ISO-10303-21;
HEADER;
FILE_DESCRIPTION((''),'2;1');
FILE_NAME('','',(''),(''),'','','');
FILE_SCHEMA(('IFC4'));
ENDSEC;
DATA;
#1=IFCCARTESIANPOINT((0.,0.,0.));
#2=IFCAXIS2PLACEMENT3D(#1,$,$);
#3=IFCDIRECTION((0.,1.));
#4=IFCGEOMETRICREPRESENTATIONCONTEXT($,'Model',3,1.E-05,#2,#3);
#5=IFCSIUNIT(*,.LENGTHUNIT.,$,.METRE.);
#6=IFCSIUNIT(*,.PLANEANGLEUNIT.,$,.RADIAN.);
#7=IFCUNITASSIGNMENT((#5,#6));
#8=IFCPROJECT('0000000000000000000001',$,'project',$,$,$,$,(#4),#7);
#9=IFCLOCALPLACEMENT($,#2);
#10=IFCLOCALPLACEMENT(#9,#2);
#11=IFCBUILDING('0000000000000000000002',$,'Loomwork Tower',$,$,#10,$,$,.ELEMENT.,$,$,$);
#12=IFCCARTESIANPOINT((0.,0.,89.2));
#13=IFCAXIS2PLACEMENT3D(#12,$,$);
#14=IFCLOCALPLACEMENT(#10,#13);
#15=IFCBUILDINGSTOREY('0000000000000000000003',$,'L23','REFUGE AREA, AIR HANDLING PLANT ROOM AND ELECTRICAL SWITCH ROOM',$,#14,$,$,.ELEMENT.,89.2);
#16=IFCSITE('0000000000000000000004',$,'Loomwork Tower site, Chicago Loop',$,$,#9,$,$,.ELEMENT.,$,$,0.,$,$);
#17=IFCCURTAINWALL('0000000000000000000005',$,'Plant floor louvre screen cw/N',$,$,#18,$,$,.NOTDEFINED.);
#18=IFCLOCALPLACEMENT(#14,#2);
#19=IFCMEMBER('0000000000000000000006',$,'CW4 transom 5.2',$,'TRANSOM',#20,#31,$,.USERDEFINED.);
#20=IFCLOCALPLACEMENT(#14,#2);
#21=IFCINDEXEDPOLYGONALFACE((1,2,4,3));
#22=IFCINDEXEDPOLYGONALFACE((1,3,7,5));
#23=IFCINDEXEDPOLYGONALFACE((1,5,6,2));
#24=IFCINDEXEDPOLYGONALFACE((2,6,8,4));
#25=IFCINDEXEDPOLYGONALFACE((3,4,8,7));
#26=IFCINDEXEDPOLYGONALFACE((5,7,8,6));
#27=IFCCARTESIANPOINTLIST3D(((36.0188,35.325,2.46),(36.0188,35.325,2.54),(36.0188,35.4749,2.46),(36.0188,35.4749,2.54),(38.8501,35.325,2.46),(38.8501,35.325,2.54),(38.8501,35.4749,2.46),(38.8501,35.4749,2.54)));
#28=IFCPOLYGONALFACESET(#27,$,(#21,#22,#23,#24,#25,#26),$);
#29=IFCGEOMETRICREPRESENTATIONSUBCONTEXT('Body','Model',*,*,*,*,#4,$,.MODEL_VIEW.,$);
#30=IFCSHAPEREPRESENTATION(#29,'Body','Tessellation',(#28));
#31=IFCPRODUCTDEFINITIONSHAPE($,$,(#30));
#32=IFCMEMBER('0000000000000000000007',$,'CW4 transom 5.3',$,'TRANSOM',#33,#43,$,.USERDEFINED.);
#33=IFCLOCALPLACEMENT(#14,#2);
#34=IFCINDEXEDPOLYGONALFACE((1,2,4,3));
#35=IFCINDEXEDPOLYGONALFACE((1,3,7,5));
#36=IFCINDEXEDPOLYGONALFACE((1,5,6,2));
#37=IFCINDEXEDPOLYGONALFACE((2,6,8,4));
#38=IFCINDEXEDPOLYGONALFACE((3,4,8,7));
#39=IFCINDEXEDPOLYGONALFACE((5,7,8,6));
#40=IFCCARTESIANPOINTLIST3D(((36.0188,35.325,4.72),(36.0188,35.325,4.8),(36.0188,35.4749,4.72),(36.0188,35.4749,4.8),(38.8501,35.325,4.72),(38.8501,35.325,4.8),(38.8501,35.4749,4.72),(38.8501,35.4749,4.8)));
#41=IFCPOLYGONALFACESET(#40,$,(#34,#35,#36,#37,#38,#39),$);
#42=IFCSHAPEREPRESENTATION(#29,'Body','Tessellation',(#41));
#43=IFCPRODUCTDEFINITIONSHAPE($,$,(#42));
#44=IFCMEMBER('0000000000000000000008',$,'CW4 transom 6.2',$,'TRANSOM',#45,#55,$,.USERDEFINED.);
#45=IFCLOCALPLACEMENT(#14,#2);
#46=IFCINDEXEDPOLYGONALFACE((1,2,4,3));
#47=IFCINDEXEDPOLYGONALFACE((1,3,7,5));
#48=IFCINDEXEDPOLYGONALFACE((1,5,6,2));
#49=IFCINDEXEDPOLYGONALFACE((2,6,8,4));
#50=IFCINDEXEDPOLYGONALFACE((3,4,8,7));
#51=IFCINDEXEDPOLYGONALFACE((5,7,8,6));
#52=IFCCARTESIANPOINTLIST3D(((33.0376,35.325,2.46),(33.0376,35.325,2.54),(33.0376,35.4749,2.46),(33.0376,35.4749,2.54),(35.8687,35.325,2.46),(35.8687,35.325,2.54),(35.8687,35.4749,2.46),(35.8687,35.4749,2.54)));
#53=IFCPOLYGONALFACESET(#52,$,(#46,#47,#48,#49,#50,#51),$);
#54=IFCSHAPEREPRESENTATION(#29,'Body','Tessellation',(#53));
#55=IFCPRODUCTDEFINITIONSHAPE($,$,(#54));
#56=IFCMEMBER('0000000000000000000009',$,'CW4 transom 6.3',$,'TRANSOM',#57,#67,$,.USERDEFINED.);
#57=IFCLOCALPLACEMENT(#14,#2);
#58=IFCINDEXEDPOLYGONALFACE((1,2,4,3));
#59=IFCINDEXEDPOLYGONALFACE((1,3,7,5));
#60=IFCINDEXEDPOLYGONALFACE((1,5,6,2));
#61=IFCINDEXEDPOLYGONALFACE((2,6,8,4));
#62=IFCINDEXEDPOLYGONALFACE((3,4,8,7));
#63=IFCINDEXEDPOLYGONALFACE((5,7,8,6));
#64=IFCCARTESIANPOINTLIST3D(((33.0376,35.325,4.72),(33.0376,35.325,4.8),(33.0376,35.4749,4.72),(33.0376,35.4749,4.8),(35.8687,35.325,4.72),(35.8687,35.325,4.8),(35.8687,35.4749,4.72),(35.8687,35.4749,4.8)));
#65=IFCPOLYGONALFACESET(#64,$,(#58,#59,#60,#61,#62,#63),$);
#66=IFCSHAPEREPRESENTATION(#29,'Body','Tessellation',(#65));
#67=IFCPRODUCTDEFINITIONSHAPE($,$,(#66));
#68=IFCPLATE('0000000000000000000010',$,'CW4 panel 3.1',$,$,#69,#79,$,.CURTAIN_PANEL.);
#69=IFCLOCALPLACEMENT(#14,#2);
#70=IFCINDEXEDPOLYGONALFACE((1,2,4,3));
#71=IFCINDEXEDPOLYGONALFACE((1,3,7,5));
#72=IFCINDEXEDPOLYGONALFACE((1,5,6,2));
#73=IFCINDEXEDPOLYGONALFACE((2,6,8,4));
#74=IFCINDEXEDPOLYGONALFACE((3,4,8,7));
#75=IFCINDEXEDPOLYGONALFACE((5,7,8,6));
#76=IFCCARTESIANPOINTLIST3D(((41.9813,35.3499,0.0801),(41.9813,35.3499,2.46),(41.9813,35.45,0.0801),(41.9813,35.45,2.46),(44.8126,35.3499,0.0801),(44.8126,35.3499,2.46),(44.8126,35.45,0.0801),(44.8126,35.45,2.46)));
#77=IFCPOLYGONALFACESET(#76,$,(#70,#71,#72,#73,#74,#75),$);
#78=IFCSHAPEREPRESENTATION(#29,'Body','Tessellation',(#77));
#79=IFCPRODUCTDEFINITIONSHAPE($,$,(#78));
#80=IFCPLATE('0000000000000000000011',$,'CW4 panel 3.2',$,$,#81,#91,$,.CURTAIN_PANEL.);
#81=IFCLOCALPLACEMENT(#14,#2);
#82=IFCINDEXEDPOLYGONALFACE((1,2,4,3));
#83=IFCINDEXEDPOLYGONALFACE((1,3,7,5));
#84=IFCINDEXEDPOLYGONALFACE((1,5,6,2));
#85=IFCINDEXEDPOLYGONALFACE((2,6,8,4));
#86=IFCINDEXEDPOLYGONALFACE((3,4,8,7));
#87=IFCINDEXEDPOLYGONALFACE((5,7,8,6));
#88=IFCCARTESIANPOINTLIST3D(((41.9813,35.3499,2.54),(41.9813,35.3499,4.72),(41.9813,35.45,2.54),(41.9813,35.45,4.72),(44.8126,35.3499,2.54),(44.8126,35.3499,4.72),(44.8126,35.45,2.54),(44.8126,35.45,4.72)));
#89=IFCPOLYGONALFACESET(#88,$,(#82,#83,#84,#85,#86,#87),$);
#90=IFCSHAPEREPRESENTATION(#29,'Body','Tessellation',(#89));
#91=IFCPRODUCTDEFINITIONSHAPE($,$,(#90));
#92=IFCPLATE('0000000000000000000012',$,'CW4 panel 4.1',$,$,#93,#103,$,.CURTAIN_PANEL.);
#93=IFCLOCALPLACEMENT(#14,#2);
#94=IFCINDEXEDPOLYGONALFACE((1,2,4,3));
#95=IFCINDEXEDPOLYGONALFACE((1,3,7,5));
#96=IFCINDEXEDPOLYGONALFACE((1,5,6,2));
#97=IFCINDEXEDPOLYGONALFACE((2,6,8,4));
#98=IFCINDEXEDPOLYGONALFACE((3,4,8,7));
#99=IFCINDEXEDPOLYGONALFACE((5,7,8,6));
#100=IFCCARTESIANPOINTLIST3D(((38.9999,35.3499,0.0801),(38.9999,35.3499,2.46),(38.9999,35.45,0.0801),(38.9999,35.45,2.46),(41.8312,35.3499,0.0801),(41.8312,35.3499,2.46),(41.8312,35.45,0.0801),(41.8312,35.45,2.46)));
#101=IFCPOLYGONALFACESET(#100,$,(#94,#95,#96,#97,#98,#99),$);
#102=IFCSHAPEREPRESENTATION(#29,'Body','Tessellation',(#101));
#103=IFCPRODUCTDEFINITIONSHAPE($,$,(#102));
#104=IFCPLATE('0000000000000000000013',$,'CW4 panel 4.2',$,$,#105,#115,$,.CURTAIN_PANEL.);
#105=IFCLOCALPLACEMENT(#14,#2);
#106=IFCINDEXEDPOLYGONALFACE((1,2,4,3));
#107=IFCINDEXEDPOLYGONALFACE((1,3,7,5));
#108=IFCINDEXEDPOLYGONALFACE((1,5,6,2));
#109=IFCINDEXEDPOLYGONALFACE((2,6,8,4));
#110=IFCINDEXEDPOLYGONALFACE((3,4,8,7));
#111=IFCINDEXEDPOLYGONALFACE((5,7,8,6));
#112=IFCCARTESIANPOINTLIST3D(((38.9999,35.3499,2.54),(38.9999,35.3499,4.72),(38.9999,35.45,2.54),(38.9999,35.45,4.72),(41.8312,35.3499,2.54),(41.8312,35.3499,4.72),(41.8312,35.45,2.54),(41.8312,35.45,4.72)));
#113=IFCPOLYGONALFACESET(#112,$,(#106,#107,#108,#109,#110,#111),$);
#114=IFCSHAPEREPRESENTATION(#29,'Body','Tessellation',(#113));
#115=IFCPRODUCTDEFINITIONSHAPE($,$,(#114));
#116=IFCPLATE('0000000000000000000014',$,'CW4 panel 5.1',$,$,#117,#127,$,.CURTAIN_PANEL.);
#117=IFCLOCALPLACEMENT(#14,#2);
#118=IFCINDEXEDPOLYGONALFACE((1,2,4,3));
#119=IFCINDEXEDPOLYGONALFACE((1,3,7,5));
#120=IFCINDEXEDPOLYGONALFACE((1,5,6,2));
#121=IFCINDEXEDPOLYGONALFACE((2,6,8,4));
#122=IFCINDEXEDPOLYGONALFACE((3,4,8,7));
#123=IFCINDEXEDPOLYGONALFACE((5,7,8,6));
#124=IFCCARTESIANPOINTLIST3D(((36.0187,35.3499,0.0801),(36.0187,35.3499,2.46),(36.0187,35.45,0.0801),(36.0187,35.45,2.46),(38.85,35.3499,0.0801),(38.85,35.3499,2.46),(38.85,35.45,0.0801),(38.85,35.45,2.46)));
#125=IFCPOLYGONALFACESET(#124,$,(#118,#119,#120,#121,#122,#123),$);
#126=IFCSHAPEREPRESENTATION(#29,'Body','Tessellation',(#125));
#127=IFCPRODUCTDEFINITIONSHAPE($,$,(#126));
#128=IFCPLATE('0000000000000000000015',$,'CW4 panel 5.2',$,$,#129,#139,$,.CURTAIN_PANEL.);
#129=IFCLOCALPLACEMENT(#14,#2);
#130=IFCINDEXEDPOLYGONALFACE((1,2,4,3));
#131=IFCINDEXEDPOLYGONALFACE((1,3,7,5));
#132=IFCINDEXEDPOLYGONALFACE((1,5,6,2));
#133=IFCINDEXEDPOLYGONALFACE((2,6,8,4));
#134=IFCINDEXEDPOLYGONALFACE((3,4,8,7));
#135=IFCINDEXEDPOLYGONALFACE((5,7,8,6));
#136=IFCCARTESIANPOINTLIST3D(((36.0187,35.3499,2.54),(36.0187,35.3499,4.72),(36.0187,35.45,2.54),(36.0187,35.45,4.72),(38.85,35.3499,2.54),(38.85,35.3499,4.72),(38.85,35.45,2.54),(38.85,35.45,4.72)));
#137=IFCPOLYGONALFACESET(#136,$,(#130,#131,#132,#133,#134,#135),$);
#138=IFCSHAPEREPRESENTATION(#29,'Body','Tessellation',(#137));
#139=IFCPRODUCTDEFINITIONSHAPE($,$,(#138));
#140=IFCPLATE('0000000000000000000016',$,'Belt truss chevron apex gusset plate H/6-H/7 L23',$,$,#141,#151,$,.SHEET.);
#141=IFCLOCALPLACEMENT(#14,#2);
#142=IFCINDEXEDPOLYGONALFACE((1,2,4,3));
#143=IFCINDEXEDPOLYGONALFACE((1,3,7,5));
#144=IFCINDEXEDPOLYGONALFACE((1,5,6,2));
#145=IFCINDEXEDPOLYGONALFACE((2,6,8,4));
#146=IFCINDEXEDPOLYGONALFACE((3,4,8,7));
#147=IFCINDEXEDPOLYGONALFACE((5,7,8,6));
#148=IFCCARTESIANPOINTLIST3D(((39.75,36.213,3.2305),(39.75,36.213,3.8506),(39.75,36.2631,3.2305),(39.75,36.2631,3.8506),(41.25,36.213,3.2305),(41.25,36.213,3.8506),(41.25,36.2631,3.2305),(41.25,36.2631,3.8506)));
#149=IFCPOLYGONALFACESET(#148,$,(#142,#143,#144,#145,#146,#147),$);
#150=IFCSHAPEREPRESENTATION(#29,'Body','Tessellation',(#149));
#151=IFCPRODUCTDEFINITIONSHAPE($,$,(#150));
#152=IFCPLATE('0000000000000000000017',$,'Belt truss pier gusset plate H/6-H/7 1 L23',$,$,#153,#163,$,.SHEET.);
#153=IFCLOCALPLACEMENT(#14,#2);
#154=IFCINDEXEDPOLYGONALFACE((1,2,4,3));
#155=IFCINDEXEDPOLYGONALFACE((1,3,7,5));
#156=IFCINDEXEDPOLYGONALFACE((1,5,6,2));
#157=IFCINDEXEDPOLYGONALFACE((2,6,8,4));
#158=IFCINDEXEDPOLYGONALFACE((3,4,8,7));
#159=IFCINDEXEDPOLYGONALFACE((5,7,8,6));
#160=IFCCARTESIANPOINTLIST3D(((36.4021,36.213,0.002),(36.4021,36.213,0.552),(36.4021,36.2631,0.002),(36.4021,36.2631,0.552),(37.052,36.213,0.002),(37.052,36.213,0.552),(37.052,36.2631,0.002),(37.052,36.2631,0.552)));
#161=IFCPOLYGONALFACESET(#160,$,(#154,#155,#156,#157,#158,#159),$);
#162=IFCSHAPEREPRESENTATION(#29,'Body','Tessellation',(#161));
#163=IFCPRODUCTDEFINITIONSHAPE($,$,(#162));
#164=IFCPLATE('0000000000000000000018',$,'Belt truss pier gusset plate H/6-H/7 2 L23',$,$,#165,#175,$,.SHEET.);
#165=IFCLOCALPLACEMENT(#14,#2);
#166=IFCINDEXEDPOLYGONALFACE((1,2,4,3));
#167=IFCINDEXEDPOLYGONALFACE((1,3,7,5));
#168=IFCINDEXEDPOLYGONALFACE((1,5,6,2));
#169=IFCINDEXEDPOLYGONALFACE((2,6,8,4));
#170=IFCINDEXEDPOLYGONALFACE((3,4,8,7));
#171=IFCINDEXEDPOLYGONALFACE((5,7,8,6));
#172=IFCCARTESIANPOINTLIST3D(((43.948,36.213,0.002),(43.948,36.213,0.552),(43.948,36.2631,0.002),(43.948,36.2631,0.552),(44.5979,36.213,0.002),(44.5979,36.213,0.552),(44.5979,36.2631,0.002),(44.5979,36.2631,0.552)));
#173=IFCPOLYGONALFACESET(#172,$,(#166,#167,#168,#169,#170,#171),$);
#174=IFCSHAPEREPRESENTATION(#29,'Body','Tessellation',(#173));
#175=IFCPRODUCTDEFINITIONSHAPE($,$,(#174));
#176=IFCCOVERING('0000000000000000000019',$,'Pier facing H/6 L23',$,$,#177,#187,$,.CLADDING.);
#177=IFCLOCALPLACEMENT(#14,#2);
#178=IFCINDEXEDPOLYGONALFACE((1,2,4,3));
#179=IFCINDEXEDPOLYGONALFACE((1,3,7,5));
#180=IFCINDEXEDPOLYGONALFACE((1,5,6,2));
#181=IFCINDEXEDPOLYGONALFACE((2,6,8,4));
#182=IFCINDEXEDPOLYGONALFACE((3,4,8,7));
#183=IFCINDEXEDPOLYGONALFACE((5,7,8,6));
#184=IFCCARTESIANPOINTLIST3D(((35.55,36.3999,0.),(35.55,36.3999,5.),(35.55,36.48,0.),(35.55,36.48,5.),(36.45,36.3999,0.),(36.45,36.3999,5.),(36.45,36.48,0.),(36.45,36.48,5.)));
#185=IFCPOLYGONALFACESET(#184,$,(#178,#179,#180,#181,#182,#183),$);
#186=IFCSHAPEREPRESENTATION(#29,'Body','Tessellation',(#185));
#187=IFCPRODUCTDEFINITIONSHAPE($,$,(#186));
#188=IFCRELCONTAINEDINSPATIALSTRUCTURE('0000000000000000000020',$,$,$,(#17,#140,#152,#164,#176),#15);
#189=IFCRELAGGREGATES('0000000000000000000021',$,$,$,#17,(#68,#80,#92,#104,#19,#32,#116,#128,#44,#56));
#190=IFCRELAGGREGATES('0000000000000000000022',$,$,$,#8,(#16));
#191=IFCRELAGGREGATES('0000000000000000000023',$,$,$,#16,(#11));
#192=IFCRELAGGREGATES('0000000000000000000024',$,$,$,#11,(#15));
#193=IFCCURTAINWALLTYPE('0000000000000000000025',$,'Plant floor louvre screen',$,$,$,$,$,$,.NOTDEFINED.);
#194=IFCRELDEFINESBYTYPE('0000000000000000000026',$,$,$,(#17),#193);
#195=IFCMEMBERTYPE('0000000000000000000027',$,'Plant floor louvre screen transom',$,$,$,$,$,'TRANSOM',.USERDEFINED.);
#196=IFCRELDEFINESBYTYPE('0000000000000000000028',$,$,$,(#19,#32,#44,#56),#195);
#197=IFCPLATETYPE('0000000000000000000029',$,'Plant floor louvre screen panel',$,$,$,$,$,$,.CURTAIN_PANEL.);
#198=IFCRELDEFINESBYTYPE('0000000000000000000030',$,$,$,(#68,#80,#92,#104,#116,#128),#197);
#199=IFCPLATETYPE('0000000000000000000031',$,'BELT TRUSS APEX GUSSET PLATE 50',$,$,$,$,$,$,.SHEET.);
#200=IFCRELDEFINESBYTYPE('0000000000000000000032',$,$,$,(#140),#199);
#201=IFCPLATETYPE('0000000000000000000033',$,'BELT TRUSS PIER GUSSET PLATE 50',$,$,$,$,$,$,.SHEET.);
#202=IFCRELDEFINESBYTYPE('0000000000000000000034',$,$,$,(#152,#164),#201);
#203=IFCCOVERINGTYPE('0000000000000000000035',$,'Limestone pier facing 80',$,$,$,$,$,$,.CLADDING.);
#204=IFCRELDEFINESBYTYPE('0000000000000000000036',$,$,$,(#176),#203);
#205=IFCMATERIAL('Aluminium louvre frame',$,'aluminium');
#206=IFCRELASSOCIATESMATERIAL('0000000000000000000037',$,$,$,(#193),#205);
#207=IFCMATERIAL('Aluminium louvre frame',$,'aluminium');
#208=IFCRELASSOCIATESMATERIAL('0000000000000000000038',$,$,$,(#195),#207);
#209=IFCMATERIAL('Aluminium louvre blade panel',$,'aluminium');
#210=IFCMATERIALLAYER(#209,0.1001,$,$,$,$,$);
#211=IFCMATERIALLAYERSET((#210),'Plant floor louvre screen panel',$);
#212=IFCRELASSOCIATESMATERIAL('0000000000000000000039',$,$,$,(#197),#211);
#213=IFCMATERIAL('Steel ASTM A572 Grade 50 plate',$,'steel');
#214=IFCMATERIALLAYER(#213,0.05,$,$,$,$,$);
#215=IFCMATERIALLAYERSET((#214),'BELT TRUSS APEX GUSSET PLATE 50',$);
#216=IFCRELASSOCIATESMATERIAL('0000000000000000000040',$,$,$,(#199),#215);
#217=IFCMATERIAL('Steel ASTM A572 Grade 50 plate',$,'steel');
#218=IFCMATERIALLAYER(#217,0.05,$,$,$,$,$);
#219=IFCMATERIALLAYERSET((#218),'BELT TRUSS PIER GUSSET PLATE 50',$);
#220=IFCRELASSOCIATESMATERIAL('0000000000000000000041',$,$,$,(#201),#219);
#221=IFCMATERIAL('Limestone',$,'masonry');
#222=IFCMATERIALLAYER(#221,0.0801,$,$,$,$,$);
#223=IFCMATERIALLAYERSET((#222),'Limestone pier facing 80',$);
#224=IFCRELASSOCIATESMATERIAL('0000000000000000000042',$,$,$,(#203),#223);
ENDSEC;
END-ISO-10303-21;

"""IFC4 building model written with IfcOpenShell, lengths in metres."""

from ifc_helpers import new_model, si_unit, direction, frame, origin, origin_2d, place, context, subcontext, project, spatial, rectangle, extrude, material, layer, layer_set, material_profile, profile_set, type_object, element, aggregate, save


model = new_model("IFC4")

# Units and contexts
model_context = context("Model", 3, precision=1e-05, world=origin(), true_north=direction((0.0, 1.0)))
body_context = subcontext(model_context, "Body", "Model", "MODEL_VIEW")
ifc_project = project(units=[si_unit("LENGTHUNIT", "METRE"), si_unit("PLANEANGLEUNIT", "RADIAN")], contexts=[model_context])

# Site, building, storey
site_placement = place(None, origin())
site = spatial("IfcSite", under=ifc_project, at=site_placement, Name="Loomwork Tower site, Chicago Loop", CompositionType="ELEMENT", RefElevation=0.0)
building_placement = place(site_placement, origin())
building = spatial("IfcBuilding", under=site, at=building_placement, Name="Loomwork Tower", CompositionType="ELEMENT")
storey_placement = place(building_placement, frame((0.0, 0.0, 89.2)))
storey = spatial("IfcBuildingStorey", under=building, at=storey_placement, Name="L23", Description="REFUGE AREA, AIR HANDLING PLANT ROOM AND ELECTRICAL SWITCH ROOM", CompositionType="ELEMENT", Elevation=89.2)

# Curtain wall, members, plates
ifc_material_1 = material(Name="Aluminium louvre frame", Category="aluminium")
curtain_wall_type = type_object("IfcCurtainWallType", Name="Plant floor louvre screen", PredefinedType="NOTDEFINED", material=ifc_material_1)
curtain_wall_placement = place(storey_placement, origin())
curtain_wall = element("IfcCurtainWall", 1, at=curtain_wall_placement, inside=storey, type_object=curtain_wall_type, Name="Plant floor louvre screen cw/N", PredefinedType="NOTDEFINED")
ifc_material_2 = material(Name="Aluminium louvre frame", Category="aluminium")
ifc_material_profile_1 = material_profile(ifc_material_2, rectangle(XDim=0.1499, YDim=0.0801, at=origin_2d()), Name="AL 80x150")
ifc_profile_set_1 = profile_set([ifc_material_profile_1], Name="Aluminium louvre frame")
member_type_1 = type_object("IfcMemberType", Name="Plant floor louvre screen transom", ElementType="TRANSOM", PredefinedType="USERDEFINED", material=ifc_profile_set_1)
member_1_placement = place(storey_placement, frame((38.8501, 35.3999, 2.5), z_axis=(-1.0, 0.0, 0.0), x_axis=(0.0, -1.0, 0.0)))
member_1 = element("IfcMember", 2, at=member_1_placement, type_object=member_type_1, Name="CW4 transom 5.2", ObjectType="TRANSOM", PredefinedType="USERDEFINED", context=body_context, shape_type="SweptSolid", body=[
    extrude(rectangle(XDim=0.1499, YDim=0.0801, at=origin_2d()), origin(), (0.0, 0.0, 1.0), 2.8313),
])
member_2_placement = place(storey_placement, frame((38.8501, 35.3999, 4.76), z_axis=(-1.0, 0.0, 0.0), x_axis=(0.0, -1.0, 0.0)))
member_2 = element("IfcMember", 3, at=member_2_placement, type_object=member_type_1, Name="CW4 transom 5.3", ObjectType="TRANSOM", PredefinedType="USERDEFINED", context=body_context, shape_type="SweptSolid", body=[
    extrude(rectangle(XDim=0.1499, YDim=0.0801, at=origin_2d()), origin(), (0.0, 0.0, 1.0), 2.8313),
])
member_3_placement = place(storey_placement, frame((35.8687, 35.3999, 2.5), z_axis=(-1.0, 0.0, 0.0), x_axis=(0.0, -1.0, 0.0)))
member_3 = element("IfcMember", 4, at=member_3_placement, type_object=member_type_1, Name="CW4 transom 6.2", ObjectType="TRANSOM", PredefinedType="USERDEFINED", context=body_context, shape_type="SweptSolid", body=[
    extrude(rectangle(XDim=0.1499, YDim=0.0801, at=origin_2d()), origin(), (0.0, 0.0, 1.0), 2.8311),
])
member_4_placement = place(storey_placement, frame((35.8687, 35.3999, 4.76), z_axis=(-1.0, 0.0, 0.0), x_axis=(0.0, -1.0, 0.0)))
member_4 = element("IfcMember", 5, at=member_4_placement, type_object=member_type_1, Name="CW4 transom 6.3", ObjectType="TRANSOM", PredefinedType="USERDEFINED", context=body_context, shape_type="SweptSolid", body=[
    extrude(rectangle(XDim=0.1499, YDim=0.0801, at=origin_2d()), origin(), (0.0, 0.0, 1.0), 2.8311),
])
ifc_material_3 = material(Name="Aluminium louvre blade panel", Category="aluminium")
ifc_layer_1 = layer(ifc_material_3, 0.1001)
ifc_layer_set_1 = layer_set([ifc_layer_1], Name="Plant floor louvre screen panel")
plate_type_1 = type_object("IfcPlateType", Name="Plant floor louvre screen panel", PredefinedType="CURTAIN_PANEL", material=ifc_layer_set_1)
plate_1_placement = place(storey_placement, frame((43.397, 35.3999, 0.0801), z_axis=(0.0, 0.0, 1.0), x_axis=(-1.0, 0.0, 0.0)))
plate_1 = element("IfcPlate", 6, at=plate_1_placement, type_object=plate_type_1, Name="CW4 panel 3.1", PredefinedType="CURTAIN_PANEL", context=body_context, shape_type="SweptSolid", body=[
    extrude(rectangle(XDim=2.8313, YDim=0.1001, at=origin_2d()), origin(), (0.0, 0.0, 1.0), 2.3799),
])
plate_2_placement = place(storey_placement, frame((43.397, 35.3999, 2.54), z_axis=(0.0, 0.0, 1.0), x_axis=(-1.0, 0.0, 0.0)))
plate_2 = element("IfcPlate", 7, at=plate_2_placement, type_object=plate_type_1, Name="CW4 panel 3.2", PredefinedType="CURTAIN_PANEL", context=body_context, shape_type="SweptSolid", body=[
    extrude(rectangle(XDim=2.8313, YDim=0.1001, at=origin_2d()), origin(), (0.0, 0.0, 1.0), 2.1799),
])
plate_3_placement = place(storey_placement, frame((40.4155, 35.3999, 0.0801), z_axis=(0.0, 0.0, 1.0), x_axis=(-1.0, 0.0, 0.0)))
plate_3 = element("IfcPlate", 8, at=plate_3_placement, type_object=plate_type_1, Name="CW4 panel 4.1", PredefinedType="CURTAIN_PANEL", context=body_context, shape_type="SweptSolid", body=[
    extrude(rectangle(XDim=2.8313, YDim=0.1001, at=origin_2d()), origin(), (0.0, 0.0, 1.0), 2.3799),
])
plate_4_placement = place(storey_placement, frame((40.4155, 35.3999, 2.54), z_axis=(0.0, 0.0, 1.0), x_axis=(-1.0, 0.0, 0.0)))
plate_4 = element("IfcPlate", 9, at=plate_4_placement, type_object=plate_type_1, Name="CW4 panel 4.2", PredefinedType="CURTAIN_PANEL", context=body_context, shape_type="SweptSolid", body=[
    extrude(rectangle(XDim=2.8313, YDim=0.1001, at=origin_2d()), origin(), (0.0, 0.0, 1.0), 2.1799),
])
plate_5_placement = place(storey_placement, frame((37.4343, 35.3999, 0.0801), z_axis=(0.0, 0.0, 1.0), x_axis=(-1.0, 0.0, 0.0)))
plate_5 = element("IfcPlate", 10, at=plate_5_placement, type_object=plate_type_1, Name="CW4 panel 5.1", PredefinedType="CURTAIN_PANEL", context=body_context, shape_type="SweptSolid", body=[
    extrude(rectangle(XDim=2.8313, YDim=0.1001, at=origin_2d()), origin(), (0.0, 0.0, 1.0), 2.3799),
])
plate_6_placement = place(storey_placement, frame((37.4343, 35.3999, 2.54), z_axis=(0.0, 0.0, 1.0), x_axis=(-1.0, 0.0, 0.0)))
plate_6 = element("IfcPlate", 11, at=plate_6_placement, type_object=plate_type_1, Name="CW4 panel 5.2", PredefinedType="CURTAIN_PANEL", context=body_context, shape_type="SweptSolid", body=[
    extrude(rectangle(XDim=2.8313, YDim=0.1001, at=origin_2d()), origin(), (0.0, 0.0, 1.0), 2.1799),
])
aggregate(curtain_wall, [plate_1, plate_2, plate_3, plate_4, member_1, member_2, plate_5, plate_6, member_3, member_4])

# Plates
ifc_material_4 = material(Name="Steel ASTM A572 Grade 50 plate", Category="steel")
ifc_layer_2 = layer(ifc_material_4, 0.05)
ifc_layer_set_2 = layer_set([ifc_layer_2], Name="BELT TRUSS APEX GUSSET PLATE 50")
plate_type_2 = type_object("IfcPlateType", Name="BELT TRUSS APEX GUSSET PLATE 50", PredefinedType="SHEET", material=ifc_layer_set_2)
plate_7_placement = place(storey_placement, frame((40.5, 36.238, 3.2305), z_axis=(0.0, 0.0, 1.0), x_axis=(1.0, 0.0, 0.0)))
element("IfcPlate", 12, at=plate_7_placement, inside=storey, type_object=plate_type_2, Name="Belt truss chevron apex gusset plate H/6-H/7 L23", PredefinedType="SHEET", context=body_context, shape_type="SweptSolid", body=[
    extrude(rectangle(XDim=1.5, YDim=0.05, at=origin_2d()), origin(), (0.0, 0.0, 1.0), 0.6201),
])
ifc_material_5 = material(Name="Steel ASTM A572 Grade 50 plate", Category="steel")
ifc_layer_3 = layer(ifc_material_5, 0.05)
ifc_layer_set_3 = layer_set([ifc_layer_3], Name="BELT TRUSS PIER GUSSET PLATE 50")
plate_type_3 = type_object("IfcPlateType", Name="BELT TRUSS PIER GUSSET PLATE 50", PredefinedType="SHEET", material=ifc_layer_set_3)
for number, where, z_axis, x_axis, name in (
    (13, (36.7271, 36.238, 0.002), (0.0, 0.0, 1.0), (1.0, 0.0, 0.0), "Belt truss pier gusset plate H/6-H/7 1 L23"),
    (14, (44.2729, 36.238, 0.002), (0.0, 0.0, 1.0), (1.0, 0.0, 0.0), "Belt truss pier gusset plate H/6-H/7 2 L23"),
):
    element("IfcPlate", number, at=place(storey_placement, frame(where, z_axis=z_axis, x_axis=x_axis)), inside=storey, type_object=plate_type_3, Name=name, PredefinedType="SHEET", context=body_context, shape_type="SweptSolid", body=[
        extrude(rectangle(XDim=0.6499, YDim=0.05, at=origin_2d()), origin(), (0.0, 0.0, 1.0), 0.55),
    ])

# Covering
ifc_material_6 = material(Name="Limestone", Category="masonry")
ifc_layer_4 = layer(ifc_material_6, 0.0801)
ifc_layer_set_4 = layer_set([ifc_layer_4], Name="Limestone pier facing 80")
covering_type = type_object("IfcCoveringType", Name="Limestone pier facing 80", PredefinedType="CLADDING", material=ifc_layer_set_4)
covering_placement = place(storey_placement, frame((36.0, 36.4399, 0.0), z_axis=(0.0, 0.0, 1.0), x_axis=(1.0, 0.0, 0.0)))
element("IfcCovering", 15, at=covering_placement, inside=storey, type_object=covering_type, Name="Pier facing H/6 L23", PredefinedType="CLADDING", context=body_context, shape_type="SweptSolid", body=[
    extrude(rectangle(XDim=0.8999, YDim=0.0801, at=origin_2d()), origin(), (0.0, 0.0, 1.0), 5.0),
])

save(model, "model.ifc")
